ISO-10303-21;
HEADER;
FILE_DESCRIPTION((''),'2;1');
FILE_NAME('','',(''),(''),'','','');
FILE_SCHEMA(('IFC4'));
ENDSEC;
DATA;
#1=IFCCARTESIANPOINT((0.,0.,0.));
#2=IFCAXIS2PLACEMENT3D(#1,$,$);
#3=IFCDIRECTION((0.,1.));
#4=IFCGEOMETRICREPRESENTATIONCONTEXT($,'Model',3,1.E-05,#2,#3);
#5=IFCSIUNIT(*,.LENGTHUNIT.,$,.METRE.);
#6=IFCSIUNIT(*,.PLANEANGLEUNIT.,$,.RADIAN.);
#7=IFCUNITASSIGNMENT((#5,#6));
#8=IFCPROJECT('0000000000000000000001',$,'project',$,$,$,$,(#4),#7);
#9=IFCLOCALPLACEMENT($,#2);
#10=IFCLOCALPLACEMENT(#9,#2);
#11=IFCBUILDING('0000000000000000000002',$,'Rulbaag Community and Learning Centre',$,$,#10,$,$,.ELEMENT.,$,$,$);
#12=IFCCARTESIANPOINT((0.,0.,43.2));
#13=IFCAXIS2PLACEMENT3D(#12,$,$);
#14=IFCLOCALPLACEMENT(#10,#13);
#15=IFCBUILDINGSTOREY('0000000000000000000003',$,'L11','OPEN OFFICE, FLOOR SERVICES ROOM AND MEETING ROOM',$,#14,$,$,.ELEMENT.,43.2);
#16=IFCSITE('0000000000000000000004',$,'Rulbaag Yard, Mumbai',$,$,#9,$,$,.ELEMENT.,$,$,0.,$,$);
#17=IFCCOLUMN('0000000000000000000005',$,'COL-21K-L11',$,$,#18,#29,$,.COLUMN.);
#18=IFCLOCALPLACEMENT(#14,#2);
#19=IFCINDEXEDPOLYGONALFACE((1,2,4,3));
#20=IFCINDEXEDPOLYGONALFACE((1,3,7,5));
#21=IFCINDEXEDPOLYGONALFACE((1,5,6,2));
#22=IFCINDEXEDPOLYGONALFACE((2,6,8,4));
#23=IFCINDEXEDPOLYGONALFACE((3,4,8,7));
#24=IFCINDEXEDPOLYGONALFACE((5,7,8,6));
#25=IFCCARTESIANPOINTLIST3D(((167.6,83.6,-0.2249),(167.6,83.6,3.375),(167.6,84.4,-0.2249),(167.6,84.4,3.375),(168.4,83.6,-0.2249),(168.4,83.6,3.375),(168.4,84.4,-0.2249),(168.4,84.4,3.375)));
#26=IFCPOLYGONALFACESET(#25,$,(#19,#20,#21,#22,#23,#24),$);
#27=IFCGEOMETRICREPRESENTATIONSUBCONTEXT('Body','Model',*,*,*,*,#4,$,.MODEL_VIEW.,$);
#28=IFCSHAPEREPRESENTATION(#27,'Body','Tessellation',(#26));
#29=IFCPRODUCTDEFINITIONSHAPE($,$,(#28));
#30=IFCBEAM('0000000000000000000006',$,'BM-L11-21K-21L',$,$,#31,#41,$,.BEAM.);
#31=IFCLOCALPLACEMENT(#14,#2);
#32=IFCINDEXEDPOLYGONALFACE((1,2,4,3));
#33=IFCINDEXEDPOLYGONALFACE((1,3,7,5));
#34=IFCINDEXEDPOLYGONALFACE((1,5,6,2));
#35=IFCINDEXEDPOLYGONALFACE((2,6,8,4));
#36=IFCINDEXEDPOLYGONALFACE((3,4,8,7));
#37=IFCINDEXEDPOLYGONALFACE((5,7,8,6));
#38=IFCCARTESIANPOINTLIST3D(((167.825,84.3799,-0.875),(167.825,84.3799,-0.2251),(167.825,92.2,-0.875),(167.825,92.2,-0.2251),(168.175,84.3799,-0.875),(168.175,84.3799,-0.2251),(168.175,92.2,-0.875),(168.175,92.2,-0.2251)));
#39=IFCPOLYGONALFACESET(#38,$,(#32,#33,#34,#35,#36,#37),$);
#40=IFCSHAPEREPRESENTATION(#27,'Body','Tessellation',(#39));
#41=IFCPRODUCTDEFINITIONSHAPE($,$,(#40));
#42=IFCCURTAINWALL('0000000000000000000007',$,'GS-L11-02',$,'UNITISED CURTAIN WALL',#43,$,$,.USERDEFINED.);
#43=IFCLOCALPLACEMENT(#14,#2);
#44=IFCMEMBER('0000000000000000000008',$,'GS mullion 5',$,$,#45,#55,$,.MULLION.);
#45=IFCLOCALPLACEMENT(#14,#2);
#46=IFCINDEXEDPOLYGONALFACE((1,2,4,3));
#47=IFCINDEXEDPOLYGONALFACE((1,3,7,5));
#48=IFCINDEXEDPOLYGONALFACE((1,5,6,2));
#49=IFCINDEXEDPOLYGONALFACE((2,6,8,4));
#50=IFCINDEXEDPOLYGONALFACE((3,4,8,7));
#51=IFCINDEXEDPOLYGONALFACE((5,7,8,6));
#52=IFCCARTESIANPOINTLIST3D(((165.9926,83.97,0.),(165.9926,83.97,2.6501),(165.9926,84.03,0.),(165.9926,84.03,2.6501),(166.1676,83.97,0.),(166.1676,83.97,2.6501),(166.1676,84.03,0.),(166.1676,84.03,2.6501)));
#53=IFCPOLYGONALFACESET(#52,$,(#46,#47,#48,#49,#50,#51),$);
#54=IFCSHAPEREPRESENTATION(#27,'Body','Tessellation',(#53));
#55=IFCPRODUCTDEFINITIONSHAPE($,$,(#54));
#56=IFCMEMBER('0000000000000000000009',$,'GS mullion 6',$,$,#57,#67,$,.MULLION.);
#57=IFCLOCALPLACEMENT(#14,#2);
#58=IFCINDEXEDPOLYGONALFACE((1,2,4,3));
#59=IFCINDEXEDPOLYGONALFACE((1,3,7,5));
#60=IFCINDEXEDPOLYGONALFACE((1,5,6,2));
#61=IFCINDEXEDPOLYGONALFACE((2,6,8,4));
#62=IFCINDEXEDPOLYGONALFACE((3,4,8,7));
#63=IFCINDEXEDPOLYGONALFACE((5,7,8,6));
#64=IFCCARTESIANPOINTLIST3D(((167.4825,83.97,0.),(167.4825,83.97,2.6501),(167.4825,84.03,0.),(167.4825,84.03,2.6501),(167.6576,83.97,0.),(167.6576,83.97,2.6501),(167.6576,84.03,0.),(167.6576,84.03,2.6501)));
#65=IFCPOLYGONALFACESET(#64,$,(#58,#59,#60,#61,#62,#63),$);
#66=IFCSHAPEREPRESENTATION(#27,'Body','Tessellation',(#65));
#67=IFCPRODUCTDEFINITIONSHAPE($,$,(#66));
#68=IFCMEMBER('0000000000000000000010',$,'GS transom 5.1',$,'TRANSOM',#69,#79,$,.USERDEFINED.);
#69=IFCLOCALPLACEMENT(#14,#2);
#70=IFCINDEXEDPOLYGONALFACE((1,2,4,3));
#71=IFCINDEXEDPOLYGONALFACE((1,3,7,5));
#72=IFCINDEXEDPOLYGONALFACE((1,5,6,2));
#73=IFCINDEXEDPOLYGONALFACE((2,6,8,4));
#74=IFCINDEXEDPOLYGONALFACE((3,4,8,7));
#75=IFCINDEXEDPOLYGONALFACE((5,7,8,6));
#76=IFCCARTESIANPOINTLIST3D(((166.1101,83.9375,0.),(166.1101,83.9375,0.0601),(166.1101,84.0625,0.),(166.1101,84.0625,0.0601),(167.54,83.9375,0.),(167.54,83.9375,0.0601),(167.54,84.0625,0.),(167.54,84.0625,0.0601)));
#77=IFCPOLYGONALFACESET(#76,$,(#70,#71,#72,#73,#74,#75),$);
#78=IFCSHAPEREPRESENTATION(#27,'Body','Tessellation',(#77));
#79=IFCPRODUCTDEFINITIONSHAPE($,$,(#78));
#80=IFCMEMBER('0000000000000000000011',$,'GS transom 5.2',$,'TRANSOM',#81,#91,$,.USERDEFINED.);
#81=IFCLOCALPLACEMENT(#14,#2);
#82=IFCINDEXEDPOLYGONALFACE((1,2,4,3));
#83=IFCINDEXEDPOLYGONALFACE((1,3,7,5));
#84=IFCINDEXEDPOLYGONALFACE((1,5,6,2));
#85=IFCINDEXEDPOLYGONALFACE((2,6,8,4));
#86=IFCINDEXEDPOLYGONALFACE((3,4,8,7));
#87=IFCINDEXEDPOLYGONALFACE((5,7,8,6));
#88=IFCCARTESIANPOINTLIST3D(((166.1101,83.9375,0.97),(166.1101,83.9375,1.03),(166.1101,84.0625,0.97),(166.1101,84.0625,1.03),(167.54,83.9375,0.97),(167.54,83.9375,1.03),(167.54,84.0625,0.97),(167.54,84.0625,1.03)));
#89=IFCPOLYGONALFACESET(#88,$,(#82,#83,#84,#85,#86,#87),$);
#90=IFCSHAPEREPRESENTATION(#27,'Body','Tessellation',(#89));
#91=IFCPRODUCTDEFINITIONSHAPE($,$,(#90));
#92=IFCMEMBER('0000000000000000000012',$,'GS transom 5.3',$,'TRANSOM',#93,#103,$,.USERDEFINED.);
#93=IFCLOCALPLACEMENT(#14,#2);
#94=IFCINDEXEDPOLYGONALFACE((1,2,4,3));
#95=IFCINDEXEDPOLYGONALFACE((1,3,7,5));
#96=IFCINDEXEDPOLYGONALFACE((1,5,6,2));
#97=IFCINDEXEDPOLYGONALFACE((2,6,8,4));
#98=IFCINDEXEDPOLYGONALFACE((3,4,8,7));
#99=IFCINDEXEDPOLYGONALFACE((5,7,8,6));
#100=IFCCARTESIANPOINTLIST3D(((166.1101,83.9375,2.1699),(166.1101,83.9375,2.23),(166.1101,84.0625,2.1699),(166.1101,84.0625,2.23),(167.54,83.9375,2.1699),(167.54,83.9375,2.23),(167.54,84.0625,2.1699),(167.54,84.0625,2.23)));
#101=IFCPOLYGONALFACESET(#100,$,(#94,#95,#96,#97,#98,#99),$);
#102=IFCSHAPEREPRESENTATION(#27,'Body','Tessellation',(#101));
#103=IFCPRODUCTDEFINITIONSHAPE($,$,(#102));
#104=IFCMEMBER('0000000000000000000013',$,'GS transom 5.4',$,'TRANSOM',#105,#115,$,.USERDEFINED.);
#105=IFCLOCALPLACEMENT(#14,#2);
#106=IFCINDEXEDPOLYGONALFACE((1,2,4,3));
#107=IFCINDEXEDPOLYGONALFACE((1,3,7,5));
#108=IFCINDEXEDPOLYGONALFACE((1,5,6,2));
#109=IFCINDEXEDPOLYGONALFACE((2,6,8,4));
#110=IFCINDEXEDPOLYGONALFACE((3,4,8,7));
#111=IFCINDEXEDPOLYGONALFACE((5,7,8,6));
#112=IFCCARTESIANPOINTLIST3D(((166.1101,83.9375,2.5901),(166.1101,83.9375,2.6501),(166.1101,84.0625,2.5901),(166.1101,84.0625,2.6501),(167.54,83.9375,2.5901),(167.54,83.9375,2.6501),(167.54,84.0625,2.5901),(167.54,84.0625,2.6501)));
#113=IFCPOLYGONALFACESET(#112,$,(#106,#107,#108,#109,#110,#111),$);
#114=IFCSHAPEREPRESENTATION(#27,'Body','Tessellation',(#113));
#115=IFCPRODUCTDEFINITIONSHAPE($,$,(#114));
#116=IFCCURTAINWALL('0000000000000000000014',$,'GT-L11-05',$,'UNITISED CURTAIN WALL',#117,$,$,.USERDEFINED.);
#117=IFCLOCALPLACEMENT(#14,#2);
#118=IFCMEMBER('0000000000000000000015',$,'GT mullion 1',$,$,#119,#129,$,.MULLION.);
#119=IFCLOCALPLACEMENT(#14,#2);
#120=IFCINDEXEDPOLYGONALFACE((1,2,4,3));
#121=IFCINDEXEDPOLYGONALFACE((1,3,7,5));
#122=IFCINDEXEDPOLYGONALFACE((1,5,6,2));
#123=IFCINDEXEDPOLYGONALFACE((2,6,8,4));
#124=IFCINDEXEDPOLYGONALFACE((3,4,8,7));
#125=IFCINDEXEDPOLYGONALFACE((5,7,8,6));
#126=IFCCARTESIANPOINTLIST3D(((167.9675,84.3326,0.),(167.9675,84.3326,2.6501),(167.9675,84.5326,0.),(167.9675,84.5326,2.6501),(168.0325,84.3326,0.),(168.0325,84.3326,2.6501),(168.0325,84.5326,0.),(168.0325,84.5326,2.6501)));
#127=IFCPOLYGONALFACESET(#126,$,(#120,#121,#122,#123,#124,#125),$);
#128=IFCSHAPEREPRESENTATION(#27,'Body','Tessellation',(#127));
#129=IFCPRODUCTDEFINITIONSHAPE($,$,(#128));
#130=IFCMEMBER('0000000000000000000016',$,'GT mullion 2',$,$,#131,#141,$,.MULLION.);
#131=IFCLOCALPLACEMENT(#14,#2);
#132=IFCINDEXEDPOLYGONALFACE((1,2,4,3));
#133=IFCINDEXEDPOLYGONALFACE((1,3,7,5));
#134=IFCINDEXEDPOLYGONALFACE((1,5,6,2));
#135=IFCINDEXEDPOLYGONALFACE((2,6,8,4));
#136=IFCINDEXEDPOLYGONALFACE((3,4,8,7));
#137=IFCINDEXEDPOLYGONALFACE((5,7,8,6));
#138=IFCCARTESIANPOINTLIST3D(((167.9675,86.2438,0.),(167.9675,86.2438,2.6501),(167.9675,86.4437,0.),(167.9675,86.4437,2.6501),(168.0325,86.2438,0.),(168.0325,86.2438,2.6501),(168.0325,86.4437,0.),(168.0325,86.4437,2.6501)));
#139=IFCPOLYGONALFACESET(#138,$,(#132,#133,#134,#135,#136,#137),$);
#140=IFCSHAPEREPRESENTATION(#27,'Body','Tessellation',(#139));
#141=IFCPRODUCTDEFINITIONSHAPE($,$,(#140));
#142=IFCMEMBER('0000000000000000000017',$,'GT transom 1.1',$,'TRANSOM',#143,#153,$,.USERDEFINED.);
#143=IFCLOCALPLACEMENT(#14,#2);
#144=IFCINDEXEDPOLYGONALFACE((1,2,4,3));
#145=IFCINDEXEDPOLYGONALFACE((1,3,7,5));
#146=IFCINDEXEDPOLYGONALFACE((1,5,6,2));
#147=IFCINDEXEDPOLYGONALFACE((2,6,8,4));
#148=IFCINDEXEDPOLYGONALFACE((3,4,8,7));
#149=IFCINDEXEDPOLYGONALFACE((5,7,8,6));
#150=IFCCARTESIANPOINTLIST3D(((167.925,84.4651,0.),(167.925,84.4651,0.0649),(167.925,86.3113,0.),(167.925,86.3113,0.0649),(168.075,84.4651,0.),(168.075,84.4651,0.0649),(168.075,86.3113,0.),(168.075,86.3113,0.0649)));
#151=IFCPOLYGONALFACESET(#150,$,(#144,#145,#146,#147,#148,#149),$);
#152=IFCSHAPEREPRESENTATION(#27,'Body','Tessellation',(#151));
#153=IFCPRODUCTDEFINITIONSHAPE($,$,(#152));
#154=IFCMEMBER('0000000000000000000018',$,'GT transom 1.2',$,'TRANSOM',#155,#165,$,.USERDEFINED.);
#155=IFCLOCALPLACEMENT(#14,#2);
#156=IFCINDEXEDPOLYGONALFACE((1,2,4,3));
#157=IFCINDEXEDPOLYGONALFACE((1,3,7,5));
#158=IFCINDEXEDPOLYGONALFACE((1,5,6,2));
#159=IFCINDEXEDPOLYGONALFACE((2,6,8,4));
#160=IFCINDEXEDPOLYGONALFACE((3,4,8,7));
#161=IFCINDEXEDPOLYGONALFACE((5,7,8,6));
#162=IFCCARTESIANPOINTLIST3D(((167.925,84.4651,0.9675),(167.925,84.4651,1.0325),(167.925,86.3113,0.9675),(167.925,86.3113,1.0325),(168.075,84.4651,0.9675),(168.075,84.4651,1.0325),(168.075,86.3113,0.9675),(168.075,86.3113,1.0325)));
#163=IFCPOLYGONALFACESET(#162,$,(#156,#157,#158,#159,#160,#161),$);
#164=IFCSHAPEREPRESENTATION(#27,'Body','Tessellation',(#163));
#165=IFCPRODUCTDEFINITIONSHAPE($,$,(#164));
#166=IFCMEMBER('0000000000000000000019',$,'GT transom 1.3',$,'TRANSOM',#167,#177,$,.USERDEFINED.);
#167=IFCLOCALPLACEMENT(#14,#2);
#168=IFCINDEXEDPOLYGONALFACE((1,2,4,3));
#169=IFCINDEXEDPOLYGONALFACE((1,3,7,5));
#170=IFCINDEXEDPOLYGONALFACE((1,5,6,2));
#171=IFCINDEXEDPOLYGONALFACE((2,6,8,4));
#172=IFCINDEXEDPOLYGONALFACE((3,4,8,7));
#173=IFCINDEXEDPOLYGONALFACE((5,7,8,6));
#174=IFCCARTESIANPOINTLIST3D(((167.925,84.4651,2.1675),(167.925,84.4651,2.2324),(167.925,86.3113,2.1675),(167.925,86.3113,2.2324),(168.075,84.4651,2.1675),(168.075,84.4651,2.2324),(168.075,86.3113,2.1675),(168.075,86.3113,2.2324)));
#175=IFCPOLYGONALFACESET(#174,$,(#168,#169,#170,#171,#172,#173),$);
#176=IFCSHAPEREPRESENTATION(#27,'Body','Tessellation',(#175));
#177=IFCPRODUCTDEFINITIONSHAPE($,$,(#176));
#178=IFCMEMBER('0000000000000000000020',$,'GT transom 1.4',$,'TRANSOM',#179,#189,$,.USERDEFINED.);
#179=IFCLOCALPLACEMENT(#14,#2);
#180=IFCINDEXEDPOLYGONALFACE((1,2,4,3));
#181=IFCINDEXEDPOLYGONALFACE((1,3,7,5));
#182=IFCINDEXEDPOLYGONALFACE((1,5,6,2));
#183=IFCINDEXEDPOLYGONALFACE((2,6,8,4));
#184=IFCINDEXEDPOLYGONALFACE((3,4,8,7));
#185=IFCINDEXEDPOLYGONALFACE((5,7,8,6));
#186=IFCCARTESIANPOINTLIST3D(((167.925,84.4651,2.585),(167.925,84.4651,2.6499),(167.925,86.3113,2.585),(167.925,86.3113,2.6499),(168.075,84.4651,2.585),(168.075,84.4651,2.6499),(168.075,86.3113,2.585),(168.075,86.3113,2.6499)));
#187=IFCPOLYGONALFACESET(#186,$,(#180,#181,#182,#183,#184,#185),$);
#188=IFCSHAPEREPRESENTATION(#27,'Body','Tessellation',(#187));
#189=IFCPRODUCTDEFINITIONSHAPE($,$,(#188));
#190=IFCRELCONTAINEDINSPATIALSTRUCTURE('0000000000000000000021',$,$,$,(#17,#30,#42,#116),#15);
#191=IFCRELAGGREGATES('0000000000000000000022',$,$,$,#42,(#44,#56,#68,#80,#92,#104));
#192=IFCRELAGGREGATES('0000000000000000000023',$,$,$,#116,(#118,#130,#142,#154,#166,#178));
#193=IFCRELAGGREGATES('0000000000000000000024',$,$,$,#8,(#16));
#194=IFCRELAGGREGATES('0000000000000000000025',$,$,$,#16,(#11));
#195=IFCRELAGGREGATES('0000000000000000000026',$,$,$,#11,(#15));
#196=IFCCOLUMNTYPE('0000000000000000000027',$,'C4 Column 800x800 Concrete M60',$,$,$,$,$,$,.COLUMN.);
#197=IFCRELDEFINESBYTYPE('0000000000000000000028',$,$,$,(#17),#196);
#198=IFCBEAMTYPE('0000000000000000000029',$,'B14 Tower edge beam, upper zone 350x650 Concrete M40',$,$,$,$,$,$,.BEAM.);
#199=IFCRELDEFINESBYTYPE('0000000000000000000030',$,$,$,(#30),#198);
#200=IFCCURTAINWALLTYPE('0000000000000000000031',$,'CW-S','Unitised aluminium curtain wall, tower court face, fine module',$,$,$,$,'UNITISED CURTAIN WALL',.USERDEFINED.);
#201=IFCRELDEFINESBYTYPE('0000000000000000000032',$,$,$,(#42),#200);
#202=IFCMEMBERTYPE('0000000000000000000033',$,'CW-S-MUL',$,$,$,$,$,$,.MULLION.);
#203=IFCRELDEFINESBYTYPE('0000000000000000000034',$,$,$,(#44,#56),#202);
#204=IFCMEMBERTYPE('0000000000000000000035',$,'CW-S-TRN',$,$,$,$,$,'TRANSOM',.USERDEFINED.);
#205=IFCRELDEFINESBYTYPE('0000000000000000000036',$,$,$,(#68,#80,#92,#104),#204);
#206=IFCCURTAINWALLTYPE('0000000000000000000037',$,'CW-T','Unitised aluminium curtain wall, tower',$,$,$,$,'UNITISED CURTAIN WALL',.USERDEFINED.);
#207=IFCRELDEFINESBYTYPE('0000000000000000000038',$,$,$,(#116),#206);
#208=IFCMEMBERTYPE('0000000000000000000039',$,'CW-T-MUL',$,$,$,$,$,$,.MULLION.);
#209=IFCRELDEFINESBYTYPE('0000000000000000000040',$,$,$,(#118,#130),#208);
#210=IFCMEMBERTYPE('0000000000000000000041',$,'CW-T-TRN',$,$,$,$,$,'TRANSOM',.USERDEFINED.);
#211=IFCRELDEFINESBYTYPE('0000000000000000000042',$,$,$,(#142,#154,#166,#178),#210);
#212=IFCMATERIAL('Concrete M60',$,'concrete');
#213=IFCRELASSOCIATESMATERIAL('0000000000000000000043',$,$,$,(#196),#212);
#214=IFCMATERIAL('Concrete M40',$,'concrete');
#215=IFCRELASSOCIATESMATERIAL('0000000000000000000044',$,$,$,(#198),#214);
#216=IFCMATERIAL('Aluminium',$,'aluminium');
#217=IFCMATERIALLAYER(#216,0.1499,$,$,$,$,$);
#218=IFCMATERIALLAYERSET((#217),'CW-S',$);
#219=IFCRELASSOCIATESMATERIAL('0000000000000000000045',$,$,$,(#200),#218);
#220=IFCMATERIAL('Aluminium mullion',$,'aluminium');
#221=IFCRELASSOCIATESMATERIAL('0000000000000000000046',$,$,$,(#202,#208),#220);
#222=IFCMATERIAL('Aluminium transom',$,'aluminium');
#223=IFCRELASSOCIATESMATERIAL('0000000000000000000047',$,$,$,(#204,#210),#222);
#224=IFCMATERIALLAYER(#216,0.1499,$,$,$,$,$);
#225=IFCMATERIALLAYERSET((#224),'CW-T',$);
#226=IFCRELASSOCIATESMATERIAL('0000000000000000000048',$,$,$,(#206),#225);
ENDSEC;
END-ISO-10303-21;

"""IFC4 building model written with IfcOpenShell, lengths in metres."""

from ifc_helpers import new_model, si_unit, direction, frame, origin, origin_2d, place, context, subcontext, project, spatial, rectangle, extrude, material, layer, layer_set, material_profile, profile_set, type_object, element, aggregate, save


model = new_model("IFC4")

# Units and contexts
model_context = context("Model", 3, precision=1e-05, world=origin(), true_north=direction((0.0, 1.0)))
body_context = subcontext(model_context, "Body", "Model", "MODEL_VIEW")
ifc_project = project(units=[si_unit("LENGTHUNIT", "METRE"), si_unit("PLANEANGLEUNIT", "RADIAN")], contexts=[model_context])

# Site, building, storey
site_placement = place(None, origin())
site = spatial("IfcSite", under=ifc_project, at=site_placement, Name="Rulbaag Yard, Mumbai", CompositionType="ELEMENT", RefElevation=0.0)
building_placement = place(site_placement, origin())
building = spatial("IfcBuilding", under=site, at=building_placement, Name="Rulbaag Community and Learning Centre", CompositionType="ELEMENT")
storey_placement = place(building_placement, frame((0.0, 0.0, 43.2)))
storey = spatial("IfcBuildingStorey", under=building, at=storey_placement, Name="L11", Description="OPEN OFFICE, FLOOR SERVICES ROOM AND MEETING ROOM", CompositionType="ELEMENT", Elevation=43.2)

# Column
ifc_material_1 = material(Name="Concrete M60", Category="concrete")
ifc_material_profile_1 = material_profile(ifc_material_1, rectangle(XDim=0.8, YDim=0.8, at=origin_2d()), Name="RC800x800")
ifc_profile_set_1 = profile_set([ifc_material_profile_1], Name="Concrete M60")
column_type = type_object("IfcColumnType", Name="C4 Column 800x800 Concrete M60", PredefinedType="COLUMN", material=ifc_profile_set_1)
column_placement = place(storey_placement, frame((168.0, 84.0, -0.2249), z_axis=(0.0, 0.0, 1.0), x_axis=(1.0, 0.0, 0.0)))
element("IfcColumn", 1, at=column_placement, inside=storey, type_object=column_type, Name="COL-21K-L11", PredefinedType="COLUMN", context=body_context, shape_type="SweptSolid", body=[
    extrude(rectangle(XDim=0.8, YDim=0.8, at=origin_2d()), origin(), (0.0, 0.0, 1.0), 3.5999),
])

# Beam
ifc_material_2 = material(Name="Concrete M40", Category="concrete")
ifc_material_profile_2 = material_profile(ifc_material_2, rectangle(XDim=0.3501, YDim=0.6499, at=origin_2d()), Name="RB350x650")
ifc_profile_set_2 = profile_set([ifc_material_profile_2], Name="Concrete M40")
beam_type = type_object("IfcBeamType", Name="B14 Tower edge beam, upper zone 350x650 Concrete M40", PredefinedType="BEAM", material=ifc_profile_set_2)
beam_placement = place(storey_placement, frame((168.0, 84.3799, -0.55), z_axis=(0.0, 1.0, 0.0), x_axis=(-1.0, 0.0, 0.0)))
element("IfcBeam", 2, at=beam_placement, inside=storey, type_object=beam_type, Name="BM-L11-21K-21L", PredefinedType="BEAM", context=body_context, shape_type="SweptSolid", body=[
    extrude(rectangle(XDim=0.3501, YDim=0.6499, at=origin_2d()), origin(), (0.0, 0.0, 1.0), 7.8201),
])

# Curtain walls, members
ifc_material_3 = material(Name="Aluminium", Category="aluminium")
ifc_layer_1 = layer(ifc_material_3, 0.1499)
ifc_layer_set_1 = layer_set([ifc_layer_1], Name="CW-S")
curtain_wall_type_1 = type_object("IfcCurtainWallType", Name="CW-S", Description="Unitised aluminium curtain wall, tower court face, fine module", ElementType="UNITISED CURTAIN WALL", PredefinedType="USERDEFINED", material=ifc_layer_set_1)
curtain_wall_1_placement = place(storey_placement, origin())
curtain_wall_1 = element("IfcCurtainWall", 3, at=curtain_wall_1_placement, inside=storey, type_object=curtain_wall_type_1, Name="GS-L11-02", ObjectType="UNITISED CURTAIN WALL", PredefinedType="USERDEFINED")
ifc_material_4 = material(Name="Aluminium mullion", Category="aluminium")
ifc_material_profile_3 = material_profile(ifc_material_4, rectangle(XDim=0.0601, YDim=0.175, at=origin_2d()), Name="AL 60x175")
ifc_profile_set_3 = profile_set([ifc_material_profile_3], Name="Aluminium mullion")
member_type_1 = type_object("IfcMemberType", Name="CW-S-MUL", PredefinedType="MULLION", material=ifc_profile_set_3)
member_1_placement = place(storey_placement, frame((166.0801, 84.0, 0.0), z_axis=(0.0, 0.0, 1.0), x_axis=(0.0, 1.0, 0.0)))
member_1 = element("IfcMember", 4, at=member_1_placement, type_object=member_type_1, Name="GS mullion 5", PredefinedType="MULLION", context=body_context, shape_type="SweptSolid", body=[
    extrude(rectangle(XDim=0.0601, YDim=0.175, at=origin_2d()), origin(), (0.0, 0.0, 1.0), 2.6501),
])
member_2_placement = place(storey_placement, frame((167.5701, 84.0, 0.0), z_axis=(0.0, 0.0, 1.0), x_axis=(0.0, 1.0, 0.0)))
member_2 = element("IfcMember", 5, at=member_2_placement, type_object=member_type_1, Name="GS mullion 6", PredefinedType="MULLION", context=body_context, shape_type="SweptSolid", body=[
    extrude(rectangle(XDim=0.0601, YDim=0.175, at=origin_2d()), origin(), (0.0, 0.0, 1.0), 2.6501),
])
ifc_material_5 = material(Name="Aluminium transom", Category="aluminium")
ifc_material_profile_4 = material_profile(ifc_material_5, rectangle(XDim=0.125, YDim=0.0601, at=origin_2d()), Name="AL 60x125 T")
ifc_profile_set_4 = profile_set([ifc_material_profile_4], Name="Aluminium transom")
member_type_2 = type_object("IfcMemberType", Name="CW-S-TRN", ElementType="TRANSOM", PredefinedType="USERDEFINED", material=ifc_profile_set_4)
member_3_placement = place(storey_placement, frame((166.1101, 84.0, 0.03), z_axis=(1.0, 0.0, 0.0), x_axis=(0.0, 1.0, 0.0)))
member_3 = element("IfcMember", 6, at=member_3_placement, type_object=member_type_2, Name="GS transom 5.1", ObjectType="TRANSOM", PredefinedType="USERDEFINED", context=body_context, shape_type="SweptSolid", body=[
    extrude(rectangle(XDim=0.125, YDim=0.0601, at=origin_2d()), origin(), (0.0, 0.0, 1.0), 1.4299),
])
member_4_placement = place(storey_placement, frame((166.1101, 84.0, 1.0), z_axis=(1.0, 0.0, 0.0), x_axis=(0.0, 1.0, 0.0)))
member_4 = element("IfcMember", 7, at=member_4_placement, type_object=member_type_2, Name="GS transom 5.2", ObjectType="TRANSOM", PredefinedType="USERDEFINED", context=body_context, shape_type="SweptSolid", body=[
    extrude(rectangle(XDim=0.125, YDim=0.0601, at=origin_2d()), origin(), (0.0, 0.0, 1.0), 1.4299),
])
member_5_placement = place(storey_placement, frame((166.1101, 84.0, 2.2), z_axis=(1.0, 0.0, 0.0), x_axis=(0.0, 1.0, 0.0)))
member_5 = element("IfcMember", 8, at=member_5_placement, type_object=member_type_2, Name="GS transom 5.3", ObjectType="TRANSOM", PredefinedType="USERDEFINED", context=body_context, shape_type="SweptSolid", body=[
    extrude(rectangle(XDim=0.125, YDim=0.0601, at=origin_2d()), origin(), (0.0, 0.0, 1.0), 1.4299),
])
member_6_placement = place(storey_placement, frame((166.1101, 84.0, 2.6201), z_axis=(1.0, 0.0, 0.0), x_axis=(0.0, 1.0, 0.0)))
member_6 = element("IfcMember", 9, at=member_6_placement, type_object=member_type_2, Name="GS transom 5.4", ObjectType="TRANSOM", PredefinedType="USERDEFINED", context=body_context, shape_type="SweptSolid", body=[
    extrude(rectangle(XDim=0.125, YDim=0.0601, at=origin_2d()), origin(), (0.0, 0.0, 1.0), 1.4299),
])
ifc_layer_2 = layer(ifc_material_3, 0.1499)
ifc_layer_set_2 = layer_set([ifc_layer_2], Name="CW-T")
curtain_wall_type_2 = type_object("IfcCurtainWallType", Name="CW-T", Description="Unitised aluminium curtain wall, tower", ElementType="UNITISED CURTAIN WALL", PredefinedType="USERDEFINED", material=ifc_layer_set_2)
curtain_wall_2_placement = place(storey_placement, origin())
curtain_wall_2 = element("IfcCurtainWall", 10, at=curtain_wall_2_placement, inside=storey, type_object=curtain_wall_type_2, Name="GT-L11-05", ObjectType="UNITISED CURTAIN WALL", PredefinedType="USERDEFINED")
ifc_material_profile_5 = material_profile(ifc_material_4, rectangle(XDim=0.0649, YDim=0.2, at=origin_2d()), Name="AL 65x200")
ifc_profile_set_5 = profile_set([ifc_material_profile_5], Name="Aluminium mullion")
member_type_3 = type_object("IfcMemberType", Name="CW-T-MUL", PredefinedType="MULLION", material=ifc_profile_set_5)
member_7_placement = place(storey_placement, frame((168.0, 84.4326, 0.0), z_axis=(0.0, 0.0, 1.0), x_axis=(-1.0, 0.0, 0.0)))
member_7 = element("IfcMember", 11, at=member_7_placement, type_object=member_type_3, Name="GT mullion 1", PredefinedType="MULLION", context=body_context, shape_type="SweptSolid", body=[
    extrude(rectangle(XDim=0.0649, YDim=0.2, at=origin_2d()), origin(), (0.0, 0.0, 1.0), 2.6501),
])
member_8_placement = place(storey_placement, frame((168.0, 86.3438, 0.0), z_axis=(0.0, 0.0, 1.0), x_axis=(-1.0, 0.0, 0.0)))
member_8 = element("IfcMember", 12, at=member_8_placement, type_object=member_type_3, Name="GT mullion 2", PredefinedType="MULLION", context=body_context, shape_type="SweptSolid", body=[
    extrude(rectangle(XDim=0.0649, YDim=0.2, at=origin_2d()), origin(), (0.0, 0.0, 1.0), 2.6501),
])
ifc_material_profile_6 = material_profile(ifc_material_5, rectangle(XDim=0.1499, YDim=0.0649, at=origin_2d()), Name="AL 65x150 T")
ifc_profile_set_6 = profile_set([ifc_material_profile_6], Name="Aluminium transom")
member_type_4 = type_object("IfcMemberType", Name="CW-T-TRN", ElementType="TRANSOM", PredefinedType="USERDEFINED", material=ifc_profile_set_6)
member_9_placement = place(storey_placement, frame((168.0, 84.4651, 0.0325), z_axis=(0.0, 1.0, 0.0), x_axis=(-1.0, 0.0, 0.0)))
member_9 = element("IfcMember", 13, at=member_9_placement, type_object=member_type_4, Name="GT transom 1.1", ObjectType="TRANSOM", PredefinedType="USERDEFINED", context=body_context, shape_type="SweptSolid", body=[
    extrude(rectangle(XDim=0.1499, YDim=0.0649, at=origin_2d()), origin(), (0.0, 0.0, 1.0), 1.8462),
])
member_10_placement = place(storey_placement, frame((168.0, 84.4651, 1.0), z_axis=(0.0, 1.0, 0.0), x_axis=(-1.0, 0.0, 0.0)))
member_10 = element("IfcMember", 14, at=member_10_placement, type_object=member_type_4, Name="GT transom 1.2", ObjectType="TRANSOM", PredefinedType="USERDEFINED", context=body_context, shape_type="SweptSolid", body=[
    extrude(rectangle(XDim=0.1499, YDim=0.0649, at=origin_2d()), origin(), (0.0, 0.0, 1.0), 1.8462),
])
member_11_placement = place(storey_placement, frame((168.0, 84.4651, 2.2), z_axis=(0.0, 1.0, 0.0), x_axis=(-1.0, 0.0, 0.0)))
member_11 = element("IfcMember", 15, at=member_11_placement, type_object=member_type_4, Name="GT transom 1.3", ObjectType="TRANSOM", PredefinedType="USERDEFINED", context=body_context, shape_type="SweptSolid", body=[
    extrude(rectangle(XDim=0.1499, YDim=0.0649, at=origin_2d()), origin(), (0.0, 0.0, 1.0), 1.8462),
])
member_12_placement = place(storey_placement, frame((168.0, 84.4651, 2.6174), z_axis=(0.0, 1.0, 0.0), x_axis=(-1.0, 0.0, 0.0)))
member_12 = element("IfcMember", 16, at=member_12_placement, type_object=member_type_4, Name="GT transom 1.4", ObjectType="TRANSOM", PredefinedType="USERDEFINED", context=body_context, shape_type="SweptSolid", body=[
    extrude(rectangle(XDim=0.1499, YDim=0.0649, at=origin_2d()), origin(), (0.0, 0.0, 1.0), 1.8462),
])

aggregate(curtain_wall_1, [member_1, member_2, member_3, member_4, member_5, member_6])
aggregate(curtain_wall_2, [member_7, member_8, member_9, member_10, member_11, member_12])

save(model, "model.ifc")
